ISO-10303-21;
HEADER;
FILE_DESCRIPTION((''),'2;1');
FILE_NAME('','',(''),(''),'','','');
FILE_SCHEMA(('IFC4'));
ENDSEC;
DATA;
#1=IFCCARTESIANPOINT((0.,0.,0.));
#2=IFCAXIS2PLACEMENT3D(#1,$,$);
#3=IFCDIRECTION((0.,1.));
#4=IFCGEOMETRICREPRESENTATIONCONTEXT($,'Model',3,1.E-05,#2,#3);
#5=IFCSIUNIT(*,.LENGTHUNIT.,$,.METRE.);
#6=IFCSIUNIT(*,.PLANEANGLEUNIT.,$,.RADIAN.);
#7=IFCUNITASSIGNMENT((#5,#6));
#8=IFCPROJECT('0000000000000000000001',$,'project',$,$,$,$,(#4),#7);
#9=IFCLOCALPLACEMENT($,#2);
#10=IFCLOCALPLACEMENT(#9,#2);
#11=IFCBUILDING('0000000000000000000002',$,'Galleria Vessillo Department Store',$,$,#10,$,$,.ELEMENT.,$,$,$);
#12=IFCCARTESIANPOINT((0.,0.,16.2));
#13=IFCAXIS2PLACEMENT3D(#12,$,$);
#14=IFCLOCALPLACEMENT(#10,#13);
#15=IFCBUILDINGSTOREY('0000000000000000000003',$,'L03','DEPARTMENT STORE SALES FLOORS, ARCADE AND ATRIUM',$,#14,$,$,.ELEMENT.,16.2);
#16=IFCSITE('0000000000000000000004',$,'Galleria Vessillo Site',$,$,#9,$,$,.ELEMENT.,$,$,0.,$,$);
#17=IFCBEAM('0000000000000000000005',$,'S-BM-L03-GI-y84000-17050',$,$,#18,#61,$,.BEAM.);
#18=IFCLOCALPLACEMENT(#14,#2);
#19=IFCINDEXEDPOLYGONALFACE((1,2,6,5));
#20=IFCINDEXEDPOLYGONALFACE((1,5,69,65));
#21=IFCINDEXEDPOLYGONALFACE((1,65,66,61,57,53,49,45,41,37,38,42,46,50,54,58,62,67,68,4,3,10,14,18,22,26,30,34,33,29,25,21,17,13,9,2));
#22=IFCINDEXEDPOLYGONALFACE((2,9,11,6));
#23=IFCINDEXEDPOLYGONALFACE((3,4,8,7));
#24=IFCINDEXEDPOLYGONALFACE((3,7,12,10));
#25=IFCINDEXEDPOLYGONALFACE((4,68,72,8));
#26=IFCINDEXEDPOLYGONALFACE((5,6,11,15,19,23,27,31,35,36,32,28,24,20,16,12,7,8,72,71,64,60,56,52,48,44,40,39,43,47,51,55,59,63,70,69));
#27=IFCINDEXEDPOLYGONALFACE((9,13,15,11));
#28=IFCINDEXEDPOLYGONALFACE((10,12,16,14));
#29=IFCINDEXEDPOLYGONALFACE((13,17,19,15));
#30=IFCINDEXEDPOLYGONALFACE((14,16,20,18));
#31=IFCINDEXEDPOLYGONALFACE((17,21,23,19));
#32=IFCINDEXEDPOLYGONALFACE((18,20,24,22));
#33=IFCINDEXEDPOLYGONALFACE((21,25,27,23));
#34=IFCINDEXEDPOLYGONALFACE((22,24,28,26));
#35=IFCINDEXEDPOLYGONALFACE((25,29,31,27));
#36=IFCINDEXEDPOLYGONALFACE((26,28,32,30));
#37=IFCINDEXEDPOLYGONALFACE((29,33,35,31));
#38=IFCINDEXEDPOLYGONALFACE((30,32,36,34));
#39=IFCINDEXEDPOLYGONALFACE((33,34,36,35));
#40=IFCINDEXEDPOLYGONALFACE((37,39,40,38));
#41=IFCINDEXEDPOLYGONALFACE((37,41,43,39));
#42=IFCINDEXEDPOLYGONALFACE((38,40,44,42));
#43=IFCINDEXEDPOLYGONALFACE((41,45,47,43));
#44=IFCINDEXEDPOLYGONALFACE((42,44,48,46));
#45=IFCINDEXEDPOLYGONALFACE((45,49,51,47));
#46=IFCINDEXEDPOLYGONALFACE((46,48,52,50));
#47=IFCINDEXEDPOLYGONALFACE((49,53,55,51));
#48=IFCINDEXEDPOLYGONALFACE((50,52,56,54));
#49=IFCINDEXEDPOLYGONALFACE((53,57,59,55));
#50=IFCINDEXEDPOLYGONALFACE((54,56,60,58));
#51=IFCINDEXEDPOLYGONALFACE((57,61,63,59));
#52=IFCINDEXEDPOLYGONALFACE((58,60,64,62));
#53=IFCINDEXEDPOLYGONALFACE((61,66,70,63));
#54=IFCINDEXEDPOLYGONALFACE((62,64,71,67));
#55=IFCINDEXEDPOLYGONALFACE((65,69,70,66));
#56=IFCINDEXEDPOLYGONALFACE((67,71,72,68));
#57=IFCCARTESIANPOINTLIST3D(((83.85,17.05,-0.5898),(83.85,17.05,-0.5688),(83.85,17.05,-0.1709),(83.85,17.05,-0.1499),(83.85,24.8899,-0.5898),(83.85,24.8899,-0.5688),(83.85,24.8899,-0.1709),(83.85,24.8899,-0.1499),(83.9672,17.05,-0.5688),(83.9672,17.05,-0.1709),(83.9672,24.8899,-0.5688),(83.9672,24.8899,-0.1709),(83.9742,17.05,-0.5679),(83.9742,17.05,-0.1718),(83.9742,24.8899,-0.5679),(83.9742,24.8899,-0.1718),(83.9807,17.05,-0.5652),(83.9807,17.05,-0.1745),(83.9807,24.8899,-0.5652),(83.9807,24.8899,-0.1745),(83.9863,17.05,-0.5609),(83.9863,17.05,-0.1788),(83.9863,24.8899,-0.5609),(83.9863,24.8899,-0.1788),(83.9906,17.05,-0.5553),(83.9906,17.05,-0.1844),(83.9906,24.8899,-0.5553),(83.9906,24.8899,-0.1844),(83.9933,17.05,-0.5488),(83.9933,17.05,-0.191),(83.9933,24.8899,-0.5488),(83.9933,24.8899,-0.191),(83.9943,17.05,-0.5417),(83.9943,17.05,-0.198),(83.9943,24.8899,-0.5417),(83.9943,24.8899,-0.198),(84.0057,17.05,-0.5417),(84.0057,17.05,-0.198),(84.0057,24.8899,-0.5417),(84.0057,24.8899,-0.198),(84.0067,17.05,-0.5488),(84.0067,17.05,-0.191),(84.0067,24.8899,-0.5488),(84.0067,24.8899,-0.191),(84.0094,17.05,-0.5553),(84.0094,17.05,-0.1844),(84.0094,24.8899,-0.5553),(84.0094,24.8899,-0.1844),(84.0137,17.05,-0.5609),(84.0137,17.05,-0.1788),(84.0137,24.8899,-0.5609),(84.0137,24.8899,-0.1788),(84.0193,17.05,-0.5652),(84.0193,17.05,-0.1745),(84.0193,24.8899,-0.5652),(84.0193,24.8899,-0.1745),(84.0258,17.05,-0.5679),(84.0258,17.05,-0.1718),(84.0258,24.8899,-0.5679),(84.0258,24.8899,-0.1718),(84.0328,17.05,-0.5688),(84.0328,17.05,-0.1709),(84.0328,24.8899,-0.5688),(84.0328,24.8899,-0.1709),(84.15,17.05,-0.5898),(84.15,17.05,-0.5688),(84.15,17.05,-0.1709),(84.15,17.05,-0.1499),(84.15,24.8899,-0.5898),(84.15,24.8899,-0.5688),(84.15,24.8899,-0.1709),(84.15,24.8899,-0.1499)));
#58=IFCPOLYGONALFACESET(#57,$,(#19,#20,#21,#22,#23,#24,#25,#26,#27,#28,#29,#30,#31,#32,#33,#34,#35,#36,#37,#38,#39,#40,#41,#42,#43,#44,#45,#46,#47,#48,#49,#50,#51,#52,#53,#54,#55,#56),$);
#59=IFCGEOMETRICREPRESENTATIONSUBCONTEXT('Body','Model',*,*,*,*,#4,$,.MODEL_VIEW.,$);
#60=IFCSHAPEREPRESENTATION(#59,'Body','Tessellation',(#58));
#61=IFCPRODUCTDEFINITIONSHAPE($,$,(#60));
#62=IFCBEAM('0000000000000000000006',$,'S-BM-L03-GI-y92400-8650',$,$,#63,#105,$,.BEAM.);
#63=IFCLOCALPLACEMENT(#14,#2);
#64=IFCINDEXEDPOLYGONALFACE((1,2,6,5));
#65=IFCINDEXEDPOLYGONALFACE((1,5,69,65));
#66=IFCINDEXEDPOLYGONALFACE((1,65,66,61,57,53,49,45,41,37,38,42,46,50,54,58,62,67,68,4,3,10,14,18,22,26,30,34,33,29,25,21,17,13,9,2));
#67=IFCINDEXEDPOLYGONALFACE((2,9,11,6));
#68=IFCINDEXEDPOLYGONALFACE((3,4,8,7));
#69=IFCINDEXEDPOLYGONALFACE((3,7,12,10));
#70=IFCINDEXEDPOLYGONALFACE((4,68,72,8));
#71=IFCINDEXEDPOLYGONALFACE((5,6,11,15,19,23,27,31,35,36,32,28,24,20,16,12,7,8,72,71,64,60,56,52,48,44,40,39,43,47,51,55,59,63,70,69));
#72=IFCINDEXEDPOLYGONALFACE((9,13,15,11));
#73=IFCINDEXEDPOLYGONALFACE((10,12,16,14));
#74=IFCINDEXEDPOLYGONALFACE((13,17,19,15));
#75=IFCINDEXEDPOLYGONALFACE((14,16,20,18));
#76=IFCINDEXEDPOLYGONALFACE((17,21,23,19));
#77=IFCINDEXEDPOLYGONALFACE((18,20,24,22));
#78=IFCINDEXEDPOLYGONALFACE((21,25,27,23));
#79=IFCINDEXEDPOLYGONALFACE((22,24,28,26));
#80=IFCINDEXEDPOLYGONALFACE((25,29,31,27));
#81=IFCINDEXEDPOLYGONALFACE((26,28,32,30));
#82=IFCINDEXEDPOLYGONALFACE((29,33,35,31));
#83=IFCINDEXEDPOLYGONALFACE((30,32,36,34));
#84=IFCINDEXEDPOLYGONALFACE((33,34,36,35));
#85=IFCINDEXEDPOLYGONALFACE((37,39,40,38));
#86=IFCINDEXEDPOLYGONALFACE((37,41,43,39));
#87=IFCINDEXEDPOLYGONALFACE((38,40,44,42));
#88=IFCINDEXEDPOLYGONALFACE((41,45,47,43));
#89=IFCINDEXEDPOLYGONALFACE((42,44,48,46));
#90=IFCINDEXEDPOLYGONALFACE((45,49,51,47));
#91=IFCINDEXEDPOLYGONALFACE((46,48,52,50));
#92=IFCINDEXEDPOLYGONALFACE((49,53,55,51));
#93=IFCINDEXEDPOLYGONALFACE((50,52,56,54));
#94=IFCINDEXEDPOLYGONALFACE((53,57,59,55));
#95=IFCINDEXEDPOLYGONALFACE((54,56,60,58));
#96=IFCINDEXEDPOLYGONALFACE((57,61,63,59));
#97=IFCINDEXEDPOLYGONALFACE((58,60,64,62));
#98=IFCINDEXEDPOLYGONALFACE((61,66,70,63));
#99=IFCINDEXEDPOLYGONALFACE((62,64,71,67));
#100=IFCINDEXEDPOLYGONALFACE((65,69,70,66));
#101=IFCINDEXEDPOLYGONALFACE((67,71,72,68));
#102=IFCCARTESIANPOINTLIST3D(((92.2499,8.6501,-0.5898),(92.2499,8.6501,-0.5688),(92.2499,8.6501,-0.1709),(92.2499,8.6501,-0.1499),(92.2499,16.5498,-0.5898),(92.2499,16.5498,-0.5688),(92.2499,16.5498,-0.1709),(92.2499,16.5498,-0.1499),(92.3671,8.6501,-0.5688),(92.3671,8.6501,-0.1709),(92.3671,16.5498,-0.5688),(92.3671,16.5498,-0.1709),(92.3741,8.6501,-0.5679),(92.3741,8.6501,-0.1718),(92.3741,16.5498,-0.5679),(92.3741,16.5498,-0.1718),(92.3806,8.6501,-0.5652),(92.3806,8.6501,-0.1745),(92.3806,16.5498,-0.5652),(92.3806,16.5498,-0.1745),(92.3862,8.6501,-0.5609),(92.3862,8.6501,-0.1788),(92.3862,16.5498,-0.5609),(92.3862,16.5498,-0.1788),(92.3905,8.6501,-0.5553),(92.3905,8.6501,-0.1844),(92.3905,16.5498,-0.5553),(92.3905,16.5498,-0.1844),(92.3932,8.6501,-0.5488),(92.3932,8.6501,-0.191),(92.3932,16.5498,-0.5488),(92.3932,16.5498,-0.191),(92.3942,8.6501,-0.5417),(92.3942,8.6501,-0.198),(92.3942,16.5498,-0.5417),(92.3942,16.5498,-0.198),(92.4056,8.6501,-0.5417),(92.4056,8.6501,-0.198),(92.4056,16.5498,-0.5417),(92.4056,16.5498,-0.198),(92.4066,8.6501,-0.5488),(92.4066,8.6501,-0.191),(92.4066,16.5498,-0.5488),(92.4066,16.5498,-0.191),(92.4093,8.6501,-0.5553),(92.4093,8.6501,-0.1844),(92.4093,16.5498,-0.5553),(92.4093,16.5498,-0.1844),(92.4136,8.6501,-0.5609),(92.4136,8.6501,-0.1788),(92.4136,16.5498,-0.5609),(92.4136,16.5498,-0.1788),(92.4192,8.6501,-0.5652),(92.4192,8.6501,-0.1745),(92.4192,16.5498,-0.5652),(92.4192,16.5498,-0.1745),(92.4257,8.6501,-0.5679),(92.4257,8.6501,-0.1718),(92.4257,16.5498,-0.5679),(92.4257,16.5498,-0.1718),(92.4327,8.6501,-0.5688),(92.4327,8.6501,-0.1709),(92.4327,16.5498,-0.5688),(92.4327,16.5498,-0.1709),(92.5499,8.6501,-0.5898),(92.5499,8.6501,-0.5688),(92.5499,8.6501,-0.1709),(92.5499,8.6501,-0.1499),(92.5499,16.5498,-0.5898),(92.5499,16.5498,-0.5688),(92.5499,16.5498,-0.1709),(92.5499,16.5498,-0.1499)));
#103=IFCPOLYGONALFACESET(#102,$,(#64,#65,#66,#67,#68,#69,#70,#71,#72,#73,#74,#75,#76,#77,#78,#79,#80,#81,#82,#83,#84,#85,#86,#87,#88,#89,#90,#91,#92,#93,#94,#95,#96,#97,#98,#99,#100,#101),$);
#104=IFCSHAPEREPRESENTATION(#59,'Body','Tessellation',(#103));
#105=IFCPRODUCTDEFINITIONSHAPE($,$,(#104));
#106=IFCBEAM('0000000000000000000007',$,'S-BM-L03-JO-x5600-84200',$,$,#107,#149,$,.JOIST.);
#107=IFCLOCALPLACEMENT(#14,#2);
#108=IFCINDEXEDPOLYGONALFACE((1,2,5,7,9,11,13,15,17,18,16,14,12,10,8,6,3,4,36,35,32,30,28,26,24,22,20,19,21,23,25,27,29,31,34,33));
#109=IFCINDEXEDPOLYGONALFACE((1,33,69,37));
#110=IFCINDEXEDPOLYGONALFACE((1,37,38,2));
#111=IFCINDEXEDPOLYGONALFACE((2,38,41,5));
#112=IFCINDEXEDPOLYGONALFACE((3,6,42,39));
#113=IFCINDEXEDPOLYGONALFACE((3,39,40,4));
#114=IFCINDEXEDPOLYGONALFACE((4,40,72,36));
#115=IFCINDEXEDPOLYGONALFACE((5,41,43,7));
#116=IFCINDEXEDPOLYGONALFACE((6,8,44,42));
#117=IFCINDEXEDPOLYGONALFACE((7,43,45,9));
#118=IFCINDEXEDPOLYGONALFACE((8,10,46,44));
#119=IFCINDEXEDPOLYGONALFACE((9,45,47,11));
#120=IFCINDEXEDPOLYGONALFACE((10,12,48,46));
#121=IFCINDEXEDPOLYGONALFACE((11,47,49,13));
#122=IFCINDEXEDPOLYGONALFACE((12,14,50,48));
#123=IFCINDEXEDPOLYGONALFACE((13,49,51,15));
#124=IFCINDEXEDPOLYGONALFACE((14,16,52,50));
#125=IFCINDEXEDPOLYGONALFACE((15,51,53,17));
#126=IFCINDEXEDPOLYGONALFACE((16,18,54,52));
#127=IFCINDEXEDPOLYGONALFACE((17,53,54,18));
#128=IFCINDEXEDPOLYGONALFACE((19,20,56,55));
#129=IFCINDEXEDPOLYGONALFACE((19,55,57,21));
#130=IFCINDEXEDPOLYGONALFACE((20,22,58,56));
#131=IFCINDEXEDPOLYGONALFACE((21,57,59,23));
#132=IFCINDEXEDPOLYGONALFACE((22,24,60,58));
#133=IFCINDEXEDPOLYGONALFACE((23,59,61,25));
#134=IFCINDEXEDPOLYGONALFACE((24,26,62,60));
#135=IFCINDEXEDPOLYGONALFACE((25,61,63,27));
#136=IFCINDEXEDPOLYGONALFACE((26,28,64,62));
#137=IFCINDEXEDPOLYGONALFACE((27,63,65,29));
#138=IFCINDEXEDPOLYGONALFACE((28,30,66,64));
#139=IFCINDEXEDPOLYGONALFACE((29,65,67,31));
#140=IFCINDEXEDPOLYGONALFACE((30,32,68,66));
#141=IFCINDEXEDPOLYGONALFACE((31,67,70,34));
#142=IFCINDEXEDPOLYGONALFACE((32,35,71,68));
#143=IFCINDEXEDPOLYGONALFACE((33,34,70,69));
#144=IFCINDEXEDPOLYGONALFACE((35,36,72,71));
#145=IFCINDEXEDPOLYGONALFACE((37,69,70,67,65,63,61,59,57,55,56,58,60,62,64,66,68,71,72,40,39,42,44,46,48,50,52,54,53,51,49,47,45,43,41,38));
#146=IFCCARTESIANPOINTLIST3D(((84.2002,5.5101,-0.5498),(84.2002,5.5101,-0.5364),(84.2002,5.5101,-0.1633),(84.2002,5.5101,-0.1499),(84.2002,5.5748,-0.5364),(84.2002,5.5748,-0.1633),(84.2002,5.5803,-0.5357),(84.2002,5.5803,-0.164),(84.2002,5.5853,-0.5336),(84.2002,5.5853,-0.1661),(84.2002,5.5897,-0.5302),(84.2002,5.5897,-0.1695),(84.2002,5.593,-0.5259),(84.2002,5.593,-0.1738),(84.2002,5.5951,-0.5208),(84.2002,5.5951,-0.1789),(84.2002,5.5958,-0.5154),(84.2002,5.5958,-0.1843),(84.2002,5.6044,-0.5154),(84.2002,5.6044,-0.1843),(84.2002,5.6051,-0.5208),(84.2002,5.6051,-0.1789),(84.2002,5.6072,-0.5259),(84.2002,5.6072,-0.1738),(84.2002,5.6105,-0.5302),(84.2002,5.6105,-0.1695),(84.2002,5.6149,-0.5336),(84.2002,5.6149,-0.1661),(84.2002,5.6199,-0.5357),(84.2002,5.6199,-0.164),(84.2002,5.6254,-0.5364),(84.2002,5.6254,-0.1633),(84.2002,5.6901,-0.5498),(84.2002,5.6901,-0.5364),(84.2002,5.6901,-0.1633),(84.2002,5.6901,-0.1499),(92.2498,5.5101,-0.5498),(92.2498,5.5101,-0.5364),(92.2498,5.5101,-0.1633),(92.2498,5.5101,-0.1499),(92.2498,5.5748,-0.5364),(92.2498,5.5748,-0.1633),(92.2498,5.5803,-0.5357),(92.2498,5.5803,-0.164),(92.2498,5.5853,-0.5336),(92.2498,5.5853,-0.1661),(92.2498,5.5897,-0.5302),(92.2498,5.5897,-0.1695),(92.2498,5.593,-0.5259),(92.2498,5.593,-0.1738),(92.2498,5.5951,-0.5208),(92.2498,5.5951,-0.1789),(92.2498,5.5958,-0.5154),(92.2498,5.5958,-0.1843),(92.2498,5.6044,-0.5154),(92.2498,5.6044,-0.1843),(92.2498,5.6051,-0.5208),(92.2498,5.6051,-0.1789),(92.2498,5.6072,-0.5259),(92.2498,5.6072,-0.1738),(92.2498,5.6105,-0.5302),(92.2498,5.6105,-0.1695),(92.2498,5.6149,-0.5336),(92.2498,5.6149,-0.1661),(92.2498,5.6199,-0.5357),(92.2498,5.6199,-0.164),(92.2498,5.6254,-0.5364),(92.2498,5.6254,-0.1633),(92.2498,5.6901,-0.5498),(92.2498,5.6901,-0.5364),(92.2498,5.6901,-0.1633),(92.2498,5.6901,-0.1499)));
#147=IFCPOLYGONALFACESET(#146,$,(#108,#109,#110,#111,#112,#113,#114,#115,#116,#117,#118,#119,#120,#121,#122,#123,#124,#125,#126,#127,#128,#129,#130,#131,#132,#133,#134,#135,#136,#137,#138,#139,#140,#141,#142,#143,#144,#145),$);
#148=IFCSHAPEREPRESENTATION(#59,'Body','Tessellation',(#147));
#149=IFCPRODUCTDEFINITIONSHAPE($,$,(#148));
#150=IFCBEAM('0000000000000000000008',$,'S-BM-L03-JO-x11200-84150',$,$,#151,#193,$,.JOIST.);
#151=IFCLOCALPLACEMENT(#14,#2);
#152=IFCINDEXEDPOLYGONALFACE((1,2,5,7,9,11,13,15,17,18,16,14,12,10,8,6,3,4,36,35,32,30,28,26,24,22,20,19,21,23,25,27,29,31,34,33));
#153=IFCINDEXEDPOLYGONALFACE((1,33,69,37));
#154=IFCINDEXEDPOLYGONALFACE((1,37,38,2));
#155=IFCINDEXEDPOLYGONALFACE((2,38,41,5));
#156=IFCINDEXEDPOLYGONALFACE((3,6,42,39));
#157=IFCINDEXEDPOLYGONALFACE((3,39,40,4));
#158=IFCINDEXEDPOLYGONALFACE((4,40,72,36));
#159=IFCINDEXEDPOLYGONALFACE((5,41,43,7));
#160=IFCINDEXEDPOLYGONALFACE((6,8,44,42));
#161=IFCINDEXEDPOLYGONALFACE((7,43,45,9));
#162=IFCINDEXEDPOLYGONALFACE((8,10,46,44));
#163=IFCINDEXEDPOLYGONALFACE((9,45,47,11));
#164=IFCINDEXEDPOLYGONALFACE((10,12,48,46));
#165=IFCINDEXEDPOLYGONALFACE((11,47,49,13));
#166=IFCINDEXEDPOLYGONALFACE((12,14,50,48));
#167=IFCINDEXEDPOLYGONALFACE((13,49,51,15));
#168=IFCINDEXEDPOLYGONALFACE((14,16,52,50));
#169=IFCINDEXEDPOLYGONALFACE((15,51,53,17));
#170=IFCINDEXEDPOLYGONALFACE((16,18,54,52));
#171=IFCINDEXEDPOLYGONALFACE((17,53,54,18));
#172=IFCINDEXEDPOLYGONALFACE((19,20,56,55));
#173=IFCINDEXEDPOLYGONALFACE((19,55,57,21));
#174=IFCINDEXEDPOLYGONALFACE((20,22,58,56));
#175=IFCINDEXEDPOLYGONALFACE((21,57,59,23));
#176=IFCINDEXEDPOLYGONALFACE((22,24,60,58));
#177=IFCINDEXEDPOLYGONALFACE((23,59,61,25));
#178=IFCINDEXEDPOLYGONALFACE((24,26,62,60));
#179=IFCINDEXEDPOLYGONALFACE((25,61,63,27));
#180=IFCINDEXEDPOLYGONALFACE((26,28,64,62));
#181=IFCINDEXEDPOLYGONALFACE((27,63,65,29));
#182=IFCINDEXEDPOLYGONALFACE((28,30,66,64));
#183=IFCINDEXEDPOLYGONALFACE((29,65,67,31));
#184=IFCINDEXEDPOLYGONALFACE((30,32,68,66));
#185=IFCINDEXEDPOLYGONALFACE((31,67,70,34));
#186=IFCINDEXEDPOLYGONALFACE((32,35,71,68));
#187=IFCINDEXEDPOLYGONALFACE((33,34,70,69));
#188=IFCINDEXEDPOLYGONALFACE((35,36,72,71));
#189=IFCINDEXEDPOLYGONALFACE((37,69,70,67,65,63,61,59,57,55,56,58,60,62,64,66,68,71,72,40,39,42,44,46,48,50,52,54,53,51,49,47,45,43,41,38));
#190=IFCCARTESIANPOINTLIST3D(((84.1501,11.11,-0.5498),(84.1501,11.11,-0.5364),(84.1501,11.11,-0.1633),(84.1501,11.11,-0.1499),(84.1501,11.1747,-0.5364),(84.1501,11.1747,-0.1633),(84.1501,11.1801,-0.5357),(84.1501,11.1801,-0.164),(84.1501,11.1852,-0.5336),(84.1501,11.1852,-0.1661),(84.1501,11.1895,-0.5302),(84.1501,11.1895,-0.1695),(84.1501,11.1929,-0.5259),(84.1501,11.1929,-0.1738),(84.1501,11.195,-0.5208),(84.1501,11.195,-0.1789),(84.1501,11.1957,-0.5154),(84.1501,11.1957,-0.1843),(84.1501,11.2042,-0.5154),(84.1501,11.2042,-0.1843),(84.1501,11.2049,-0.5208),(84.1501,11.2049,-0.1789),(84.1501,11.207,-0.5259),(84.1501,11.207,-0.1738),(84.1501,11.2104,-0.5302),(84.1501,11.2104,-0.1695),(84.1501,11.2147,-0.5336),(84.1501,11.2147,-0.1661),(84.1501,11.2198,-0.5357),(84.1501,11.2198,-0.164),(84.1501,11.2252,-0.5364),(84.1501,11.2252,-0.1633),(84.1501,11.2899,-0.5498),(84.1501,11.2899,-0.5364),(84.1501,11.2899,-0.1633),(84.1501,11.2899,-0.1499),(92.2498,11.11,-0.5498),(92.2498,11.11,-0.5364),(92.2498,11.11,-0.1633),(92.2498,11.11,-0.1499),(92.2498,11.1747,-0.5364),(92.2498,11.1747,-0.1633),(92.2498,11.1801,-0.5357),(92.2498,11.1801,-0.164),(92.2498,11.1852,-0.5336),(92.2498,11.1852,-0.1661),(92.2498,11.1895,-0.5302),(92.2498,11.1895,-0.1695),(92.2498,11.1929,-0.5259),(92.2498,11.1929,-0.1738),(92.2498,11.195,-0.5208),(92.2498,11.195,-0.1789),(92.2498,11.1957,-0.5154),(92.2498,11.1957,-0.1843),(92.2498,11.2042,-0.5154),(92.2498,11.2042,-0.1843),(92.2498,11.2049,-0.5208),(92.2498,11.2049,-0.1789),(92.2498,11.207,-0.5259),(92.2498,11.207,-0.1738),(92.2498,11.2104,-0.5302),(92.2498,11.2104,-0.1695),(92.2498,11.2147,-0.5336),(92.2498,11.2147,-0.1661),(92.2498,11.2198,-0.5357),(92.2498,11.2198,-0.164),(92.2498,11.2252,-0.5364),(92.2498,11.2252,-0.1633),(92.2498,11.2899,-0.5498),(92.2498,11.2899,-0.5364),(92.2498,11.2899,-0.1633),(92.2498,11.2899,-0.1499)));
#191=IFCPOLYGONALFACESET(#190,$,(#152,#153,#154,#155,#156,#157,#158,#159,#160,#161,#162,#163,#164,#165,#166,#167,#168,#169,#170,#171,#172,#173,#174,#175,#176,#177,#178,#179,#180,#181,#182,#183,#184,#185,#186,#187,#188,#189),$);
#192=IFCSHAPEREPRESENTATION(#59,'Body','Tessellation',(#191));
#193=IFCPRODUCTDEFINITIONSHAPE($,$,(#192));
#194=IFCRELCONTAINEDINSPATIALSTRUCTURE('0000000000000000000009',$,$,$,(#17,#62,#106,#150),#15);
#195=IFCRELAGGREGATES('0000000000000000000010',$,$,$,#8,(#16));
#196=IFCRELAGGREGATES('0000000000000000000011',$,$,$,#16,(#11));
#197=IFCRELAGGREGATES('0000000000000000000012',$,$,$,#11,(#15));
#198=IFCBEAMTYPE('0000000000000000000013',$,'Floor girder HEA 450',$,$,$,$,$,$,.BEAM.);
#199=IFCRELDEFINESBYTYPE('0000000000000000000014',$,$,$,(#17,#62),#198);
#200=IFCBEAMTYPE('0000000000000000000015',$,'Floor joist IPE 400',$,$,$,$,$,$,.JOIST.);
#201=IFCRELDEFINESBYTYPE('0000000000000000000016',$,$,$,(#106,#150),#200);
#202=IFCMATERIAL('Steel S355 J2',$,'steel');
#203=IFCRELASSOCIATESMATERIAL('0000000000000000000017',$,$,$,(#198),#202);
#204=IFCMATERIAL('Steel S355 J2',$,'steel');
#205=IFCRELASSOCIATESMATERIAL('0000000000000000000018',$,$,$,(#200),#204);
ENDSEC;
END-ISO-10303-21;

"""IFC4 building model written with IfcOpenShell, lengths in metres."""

from ifc_helpers import new_model, si_unit, direction, frame, origin, origin_2d, place, context, subcontext, project, spatial, i_section, extrude, material, material_profile, profile_set, type_object, element, save


model = new_model("IFC4")

# Units and contexts
model_context = context("Model", 3, precision=1e-05, world=origin(), true_north=direction((0.0, 1.0)))
body_context = subcontext(model_context, "Body", "Model", "MODEL_VIEW")
ifc_project = project(units=[si_unit("LENGTHUNIT", "METRE"), si_unit("PLANEANGLEUNIT", "RADIAN")], contexts=[model_context])

# Site, building, storey
site_placement = place(None, origin())
site = spatial("IfcSite", under=ifc_project, at=site_placement, Name="Galleria Vessillo Site", CompositionType="ELEMENT", RefElevation=0.0)
building_placement = place(site_placement, origin())
building = spatial("IfcBuilding", under=site, at=building_placement, Name="Galleria Vessillo Department Store", CompositionType="ELEMENT")
storey_placement = place(building_placement, frame((0.0, 0.0, 16.2)))
storey = spatial("IfcBuildingStorey", under=building, at=storey_placement, Name="L03", Description="DEPARTMENT STORE SALES FLOORS, ARCADE AND ATRIUM", CompositionType="ELEMENT", Elevation=16.2)

# Beams
ifc_material_1 = material(Name="Steel S355 J2", Category="steel")
ifc_material_profile_1 = material_profile(ifc_material_1, i_section(OverallWidth=0.3, OverallDepth=0.4399, WebThickness=0.0115, FlangeThickness=0.021, FilletRadius=0.0271, at=origin_2d()), Name="HEA 450")
ifc_profile_set_1 = profile_set([ifc_material_profile_1], Name="Steel S355 J2")
beam_type_1 = type_object("IfcBeamType", Name="Floor girder HEA 450", PredefinedType="BEAM", material=ifc_profile_set_1)
beam_1_placement = place(storey_placement, frame((84.0, 17.05, -0.3699), z_axis=(0.0, 1.0, 0.0), x_axis=(-1.0, 0.0, 0.0)))
element("IfcBeam", 1, at=beam_1_placement, inside=storey, type_object=beam_type_1, Name="S-BM-L03-GI-y84000-17050", PredefinedType="BEAM", context=body_context, shape_type="SweptSolid", body=[
    extrude(i_section(OverallWidth=0.3, OverallDepth=0.4399, WebThickness=0.0115, FlangeThickness=0.021, FilletRadius=0.0271, at=origin_2d()), origin(), (0.0, 0.0, 1.0), 7.8398),
])
beam_2_placement = place(storey_placement, frame((92.3999, 8.6501, -0.3699), z_axis=(0.0, 1.0, 0.0), x_axis=(-1.0, 0.0, 0.0)))
element("IfcBeam", 2, at=beam_2_placement, inside=storey, type_object=beam_type_1, Name="S-BM-L03-GI-y92400-8650", PredefinedType="BEAM", context=body_context, shape_type="SweptSolid", body=[
    extrude(i_section(OverallWidth=0.3, OverallDepth=0.4399, WebThickness=0.0115, FlangeThickness=0.021, FilletRadius=0.0271, at=origin_2d()), origin(), (0.0, 0.0, 1.0), 7.8997),
])
ifc_material_2 = material(Name="Steel S355 J2", Category="steel")
ifc_material_profile_2 = material_profile(ifc_material_2, i_section(OverallWidth=0.1799, OverallDepth=0.3999, WebThickness=0.0085, FlangeThickness=0.0134, FilletRadius=0.021, at=origin_2d()), Name="IPE 400")
ifc_profile_set_2 = profile_set([ifc_material_profile_2], Name="Steel S355 J2")
beam_type_2 = type_object("IfcBeamType", Name="Floor joist IPE 400", PredefinedType="JOIST", material=ifc_profile_set_2)
beam_3_placement = place(storey_placement, frame((84.2002, 5.6001, -0.3499), z_axis=(1.0, 0.0, 0.0), x_axis=(0.0, 1.0, 0.0)))
element("IfcBeam", 3, at=beam_3_placement, inside=storey, type_object=beam_type_2, Name="S-BM-L03-JO-x5600-84200", PredefinedType="JOIST", context=body_context, shape_type="SweptSolid", body=[
    extrude(i_section(OverallWidth=0.1799, OverallDepth=0.3999, WebThickness=0.0085, FlangeThickness=0.0134, FilletRadius=0.021, at=origin_2d()), origin(), (0.0, 0.0, 1.0), 8.0496),
])
for number, where, z_axis, x_axis, name in (
    (4, (84.1501, 11.2, -0.3499), (1.0, 0.0, 0.0), (0.0, 1.0, 0.0), "S-BM-L03-JO-x11200-84150"),
):
    element("IfcBeam", number, at=place(storey_placement, frame(where, z_axis=z_axis, x_axis=x_axis)), inside=storey, type_object=beam_type_2, Name=name, PredefinedType="JOIST", context=body_context, shape_type="SweptSolid", body=[
        extrude(i_section(OverallWidth=0.1799, OverallDepth=0.3999, WebThickness=0.0085, FlangeThickness=0.0134, FilletRadius=0.021, at=origin_2d()), origin(), (0.0, 0.0, 1.0), 8.0996),
    ])

save(model, "model.ifc")
